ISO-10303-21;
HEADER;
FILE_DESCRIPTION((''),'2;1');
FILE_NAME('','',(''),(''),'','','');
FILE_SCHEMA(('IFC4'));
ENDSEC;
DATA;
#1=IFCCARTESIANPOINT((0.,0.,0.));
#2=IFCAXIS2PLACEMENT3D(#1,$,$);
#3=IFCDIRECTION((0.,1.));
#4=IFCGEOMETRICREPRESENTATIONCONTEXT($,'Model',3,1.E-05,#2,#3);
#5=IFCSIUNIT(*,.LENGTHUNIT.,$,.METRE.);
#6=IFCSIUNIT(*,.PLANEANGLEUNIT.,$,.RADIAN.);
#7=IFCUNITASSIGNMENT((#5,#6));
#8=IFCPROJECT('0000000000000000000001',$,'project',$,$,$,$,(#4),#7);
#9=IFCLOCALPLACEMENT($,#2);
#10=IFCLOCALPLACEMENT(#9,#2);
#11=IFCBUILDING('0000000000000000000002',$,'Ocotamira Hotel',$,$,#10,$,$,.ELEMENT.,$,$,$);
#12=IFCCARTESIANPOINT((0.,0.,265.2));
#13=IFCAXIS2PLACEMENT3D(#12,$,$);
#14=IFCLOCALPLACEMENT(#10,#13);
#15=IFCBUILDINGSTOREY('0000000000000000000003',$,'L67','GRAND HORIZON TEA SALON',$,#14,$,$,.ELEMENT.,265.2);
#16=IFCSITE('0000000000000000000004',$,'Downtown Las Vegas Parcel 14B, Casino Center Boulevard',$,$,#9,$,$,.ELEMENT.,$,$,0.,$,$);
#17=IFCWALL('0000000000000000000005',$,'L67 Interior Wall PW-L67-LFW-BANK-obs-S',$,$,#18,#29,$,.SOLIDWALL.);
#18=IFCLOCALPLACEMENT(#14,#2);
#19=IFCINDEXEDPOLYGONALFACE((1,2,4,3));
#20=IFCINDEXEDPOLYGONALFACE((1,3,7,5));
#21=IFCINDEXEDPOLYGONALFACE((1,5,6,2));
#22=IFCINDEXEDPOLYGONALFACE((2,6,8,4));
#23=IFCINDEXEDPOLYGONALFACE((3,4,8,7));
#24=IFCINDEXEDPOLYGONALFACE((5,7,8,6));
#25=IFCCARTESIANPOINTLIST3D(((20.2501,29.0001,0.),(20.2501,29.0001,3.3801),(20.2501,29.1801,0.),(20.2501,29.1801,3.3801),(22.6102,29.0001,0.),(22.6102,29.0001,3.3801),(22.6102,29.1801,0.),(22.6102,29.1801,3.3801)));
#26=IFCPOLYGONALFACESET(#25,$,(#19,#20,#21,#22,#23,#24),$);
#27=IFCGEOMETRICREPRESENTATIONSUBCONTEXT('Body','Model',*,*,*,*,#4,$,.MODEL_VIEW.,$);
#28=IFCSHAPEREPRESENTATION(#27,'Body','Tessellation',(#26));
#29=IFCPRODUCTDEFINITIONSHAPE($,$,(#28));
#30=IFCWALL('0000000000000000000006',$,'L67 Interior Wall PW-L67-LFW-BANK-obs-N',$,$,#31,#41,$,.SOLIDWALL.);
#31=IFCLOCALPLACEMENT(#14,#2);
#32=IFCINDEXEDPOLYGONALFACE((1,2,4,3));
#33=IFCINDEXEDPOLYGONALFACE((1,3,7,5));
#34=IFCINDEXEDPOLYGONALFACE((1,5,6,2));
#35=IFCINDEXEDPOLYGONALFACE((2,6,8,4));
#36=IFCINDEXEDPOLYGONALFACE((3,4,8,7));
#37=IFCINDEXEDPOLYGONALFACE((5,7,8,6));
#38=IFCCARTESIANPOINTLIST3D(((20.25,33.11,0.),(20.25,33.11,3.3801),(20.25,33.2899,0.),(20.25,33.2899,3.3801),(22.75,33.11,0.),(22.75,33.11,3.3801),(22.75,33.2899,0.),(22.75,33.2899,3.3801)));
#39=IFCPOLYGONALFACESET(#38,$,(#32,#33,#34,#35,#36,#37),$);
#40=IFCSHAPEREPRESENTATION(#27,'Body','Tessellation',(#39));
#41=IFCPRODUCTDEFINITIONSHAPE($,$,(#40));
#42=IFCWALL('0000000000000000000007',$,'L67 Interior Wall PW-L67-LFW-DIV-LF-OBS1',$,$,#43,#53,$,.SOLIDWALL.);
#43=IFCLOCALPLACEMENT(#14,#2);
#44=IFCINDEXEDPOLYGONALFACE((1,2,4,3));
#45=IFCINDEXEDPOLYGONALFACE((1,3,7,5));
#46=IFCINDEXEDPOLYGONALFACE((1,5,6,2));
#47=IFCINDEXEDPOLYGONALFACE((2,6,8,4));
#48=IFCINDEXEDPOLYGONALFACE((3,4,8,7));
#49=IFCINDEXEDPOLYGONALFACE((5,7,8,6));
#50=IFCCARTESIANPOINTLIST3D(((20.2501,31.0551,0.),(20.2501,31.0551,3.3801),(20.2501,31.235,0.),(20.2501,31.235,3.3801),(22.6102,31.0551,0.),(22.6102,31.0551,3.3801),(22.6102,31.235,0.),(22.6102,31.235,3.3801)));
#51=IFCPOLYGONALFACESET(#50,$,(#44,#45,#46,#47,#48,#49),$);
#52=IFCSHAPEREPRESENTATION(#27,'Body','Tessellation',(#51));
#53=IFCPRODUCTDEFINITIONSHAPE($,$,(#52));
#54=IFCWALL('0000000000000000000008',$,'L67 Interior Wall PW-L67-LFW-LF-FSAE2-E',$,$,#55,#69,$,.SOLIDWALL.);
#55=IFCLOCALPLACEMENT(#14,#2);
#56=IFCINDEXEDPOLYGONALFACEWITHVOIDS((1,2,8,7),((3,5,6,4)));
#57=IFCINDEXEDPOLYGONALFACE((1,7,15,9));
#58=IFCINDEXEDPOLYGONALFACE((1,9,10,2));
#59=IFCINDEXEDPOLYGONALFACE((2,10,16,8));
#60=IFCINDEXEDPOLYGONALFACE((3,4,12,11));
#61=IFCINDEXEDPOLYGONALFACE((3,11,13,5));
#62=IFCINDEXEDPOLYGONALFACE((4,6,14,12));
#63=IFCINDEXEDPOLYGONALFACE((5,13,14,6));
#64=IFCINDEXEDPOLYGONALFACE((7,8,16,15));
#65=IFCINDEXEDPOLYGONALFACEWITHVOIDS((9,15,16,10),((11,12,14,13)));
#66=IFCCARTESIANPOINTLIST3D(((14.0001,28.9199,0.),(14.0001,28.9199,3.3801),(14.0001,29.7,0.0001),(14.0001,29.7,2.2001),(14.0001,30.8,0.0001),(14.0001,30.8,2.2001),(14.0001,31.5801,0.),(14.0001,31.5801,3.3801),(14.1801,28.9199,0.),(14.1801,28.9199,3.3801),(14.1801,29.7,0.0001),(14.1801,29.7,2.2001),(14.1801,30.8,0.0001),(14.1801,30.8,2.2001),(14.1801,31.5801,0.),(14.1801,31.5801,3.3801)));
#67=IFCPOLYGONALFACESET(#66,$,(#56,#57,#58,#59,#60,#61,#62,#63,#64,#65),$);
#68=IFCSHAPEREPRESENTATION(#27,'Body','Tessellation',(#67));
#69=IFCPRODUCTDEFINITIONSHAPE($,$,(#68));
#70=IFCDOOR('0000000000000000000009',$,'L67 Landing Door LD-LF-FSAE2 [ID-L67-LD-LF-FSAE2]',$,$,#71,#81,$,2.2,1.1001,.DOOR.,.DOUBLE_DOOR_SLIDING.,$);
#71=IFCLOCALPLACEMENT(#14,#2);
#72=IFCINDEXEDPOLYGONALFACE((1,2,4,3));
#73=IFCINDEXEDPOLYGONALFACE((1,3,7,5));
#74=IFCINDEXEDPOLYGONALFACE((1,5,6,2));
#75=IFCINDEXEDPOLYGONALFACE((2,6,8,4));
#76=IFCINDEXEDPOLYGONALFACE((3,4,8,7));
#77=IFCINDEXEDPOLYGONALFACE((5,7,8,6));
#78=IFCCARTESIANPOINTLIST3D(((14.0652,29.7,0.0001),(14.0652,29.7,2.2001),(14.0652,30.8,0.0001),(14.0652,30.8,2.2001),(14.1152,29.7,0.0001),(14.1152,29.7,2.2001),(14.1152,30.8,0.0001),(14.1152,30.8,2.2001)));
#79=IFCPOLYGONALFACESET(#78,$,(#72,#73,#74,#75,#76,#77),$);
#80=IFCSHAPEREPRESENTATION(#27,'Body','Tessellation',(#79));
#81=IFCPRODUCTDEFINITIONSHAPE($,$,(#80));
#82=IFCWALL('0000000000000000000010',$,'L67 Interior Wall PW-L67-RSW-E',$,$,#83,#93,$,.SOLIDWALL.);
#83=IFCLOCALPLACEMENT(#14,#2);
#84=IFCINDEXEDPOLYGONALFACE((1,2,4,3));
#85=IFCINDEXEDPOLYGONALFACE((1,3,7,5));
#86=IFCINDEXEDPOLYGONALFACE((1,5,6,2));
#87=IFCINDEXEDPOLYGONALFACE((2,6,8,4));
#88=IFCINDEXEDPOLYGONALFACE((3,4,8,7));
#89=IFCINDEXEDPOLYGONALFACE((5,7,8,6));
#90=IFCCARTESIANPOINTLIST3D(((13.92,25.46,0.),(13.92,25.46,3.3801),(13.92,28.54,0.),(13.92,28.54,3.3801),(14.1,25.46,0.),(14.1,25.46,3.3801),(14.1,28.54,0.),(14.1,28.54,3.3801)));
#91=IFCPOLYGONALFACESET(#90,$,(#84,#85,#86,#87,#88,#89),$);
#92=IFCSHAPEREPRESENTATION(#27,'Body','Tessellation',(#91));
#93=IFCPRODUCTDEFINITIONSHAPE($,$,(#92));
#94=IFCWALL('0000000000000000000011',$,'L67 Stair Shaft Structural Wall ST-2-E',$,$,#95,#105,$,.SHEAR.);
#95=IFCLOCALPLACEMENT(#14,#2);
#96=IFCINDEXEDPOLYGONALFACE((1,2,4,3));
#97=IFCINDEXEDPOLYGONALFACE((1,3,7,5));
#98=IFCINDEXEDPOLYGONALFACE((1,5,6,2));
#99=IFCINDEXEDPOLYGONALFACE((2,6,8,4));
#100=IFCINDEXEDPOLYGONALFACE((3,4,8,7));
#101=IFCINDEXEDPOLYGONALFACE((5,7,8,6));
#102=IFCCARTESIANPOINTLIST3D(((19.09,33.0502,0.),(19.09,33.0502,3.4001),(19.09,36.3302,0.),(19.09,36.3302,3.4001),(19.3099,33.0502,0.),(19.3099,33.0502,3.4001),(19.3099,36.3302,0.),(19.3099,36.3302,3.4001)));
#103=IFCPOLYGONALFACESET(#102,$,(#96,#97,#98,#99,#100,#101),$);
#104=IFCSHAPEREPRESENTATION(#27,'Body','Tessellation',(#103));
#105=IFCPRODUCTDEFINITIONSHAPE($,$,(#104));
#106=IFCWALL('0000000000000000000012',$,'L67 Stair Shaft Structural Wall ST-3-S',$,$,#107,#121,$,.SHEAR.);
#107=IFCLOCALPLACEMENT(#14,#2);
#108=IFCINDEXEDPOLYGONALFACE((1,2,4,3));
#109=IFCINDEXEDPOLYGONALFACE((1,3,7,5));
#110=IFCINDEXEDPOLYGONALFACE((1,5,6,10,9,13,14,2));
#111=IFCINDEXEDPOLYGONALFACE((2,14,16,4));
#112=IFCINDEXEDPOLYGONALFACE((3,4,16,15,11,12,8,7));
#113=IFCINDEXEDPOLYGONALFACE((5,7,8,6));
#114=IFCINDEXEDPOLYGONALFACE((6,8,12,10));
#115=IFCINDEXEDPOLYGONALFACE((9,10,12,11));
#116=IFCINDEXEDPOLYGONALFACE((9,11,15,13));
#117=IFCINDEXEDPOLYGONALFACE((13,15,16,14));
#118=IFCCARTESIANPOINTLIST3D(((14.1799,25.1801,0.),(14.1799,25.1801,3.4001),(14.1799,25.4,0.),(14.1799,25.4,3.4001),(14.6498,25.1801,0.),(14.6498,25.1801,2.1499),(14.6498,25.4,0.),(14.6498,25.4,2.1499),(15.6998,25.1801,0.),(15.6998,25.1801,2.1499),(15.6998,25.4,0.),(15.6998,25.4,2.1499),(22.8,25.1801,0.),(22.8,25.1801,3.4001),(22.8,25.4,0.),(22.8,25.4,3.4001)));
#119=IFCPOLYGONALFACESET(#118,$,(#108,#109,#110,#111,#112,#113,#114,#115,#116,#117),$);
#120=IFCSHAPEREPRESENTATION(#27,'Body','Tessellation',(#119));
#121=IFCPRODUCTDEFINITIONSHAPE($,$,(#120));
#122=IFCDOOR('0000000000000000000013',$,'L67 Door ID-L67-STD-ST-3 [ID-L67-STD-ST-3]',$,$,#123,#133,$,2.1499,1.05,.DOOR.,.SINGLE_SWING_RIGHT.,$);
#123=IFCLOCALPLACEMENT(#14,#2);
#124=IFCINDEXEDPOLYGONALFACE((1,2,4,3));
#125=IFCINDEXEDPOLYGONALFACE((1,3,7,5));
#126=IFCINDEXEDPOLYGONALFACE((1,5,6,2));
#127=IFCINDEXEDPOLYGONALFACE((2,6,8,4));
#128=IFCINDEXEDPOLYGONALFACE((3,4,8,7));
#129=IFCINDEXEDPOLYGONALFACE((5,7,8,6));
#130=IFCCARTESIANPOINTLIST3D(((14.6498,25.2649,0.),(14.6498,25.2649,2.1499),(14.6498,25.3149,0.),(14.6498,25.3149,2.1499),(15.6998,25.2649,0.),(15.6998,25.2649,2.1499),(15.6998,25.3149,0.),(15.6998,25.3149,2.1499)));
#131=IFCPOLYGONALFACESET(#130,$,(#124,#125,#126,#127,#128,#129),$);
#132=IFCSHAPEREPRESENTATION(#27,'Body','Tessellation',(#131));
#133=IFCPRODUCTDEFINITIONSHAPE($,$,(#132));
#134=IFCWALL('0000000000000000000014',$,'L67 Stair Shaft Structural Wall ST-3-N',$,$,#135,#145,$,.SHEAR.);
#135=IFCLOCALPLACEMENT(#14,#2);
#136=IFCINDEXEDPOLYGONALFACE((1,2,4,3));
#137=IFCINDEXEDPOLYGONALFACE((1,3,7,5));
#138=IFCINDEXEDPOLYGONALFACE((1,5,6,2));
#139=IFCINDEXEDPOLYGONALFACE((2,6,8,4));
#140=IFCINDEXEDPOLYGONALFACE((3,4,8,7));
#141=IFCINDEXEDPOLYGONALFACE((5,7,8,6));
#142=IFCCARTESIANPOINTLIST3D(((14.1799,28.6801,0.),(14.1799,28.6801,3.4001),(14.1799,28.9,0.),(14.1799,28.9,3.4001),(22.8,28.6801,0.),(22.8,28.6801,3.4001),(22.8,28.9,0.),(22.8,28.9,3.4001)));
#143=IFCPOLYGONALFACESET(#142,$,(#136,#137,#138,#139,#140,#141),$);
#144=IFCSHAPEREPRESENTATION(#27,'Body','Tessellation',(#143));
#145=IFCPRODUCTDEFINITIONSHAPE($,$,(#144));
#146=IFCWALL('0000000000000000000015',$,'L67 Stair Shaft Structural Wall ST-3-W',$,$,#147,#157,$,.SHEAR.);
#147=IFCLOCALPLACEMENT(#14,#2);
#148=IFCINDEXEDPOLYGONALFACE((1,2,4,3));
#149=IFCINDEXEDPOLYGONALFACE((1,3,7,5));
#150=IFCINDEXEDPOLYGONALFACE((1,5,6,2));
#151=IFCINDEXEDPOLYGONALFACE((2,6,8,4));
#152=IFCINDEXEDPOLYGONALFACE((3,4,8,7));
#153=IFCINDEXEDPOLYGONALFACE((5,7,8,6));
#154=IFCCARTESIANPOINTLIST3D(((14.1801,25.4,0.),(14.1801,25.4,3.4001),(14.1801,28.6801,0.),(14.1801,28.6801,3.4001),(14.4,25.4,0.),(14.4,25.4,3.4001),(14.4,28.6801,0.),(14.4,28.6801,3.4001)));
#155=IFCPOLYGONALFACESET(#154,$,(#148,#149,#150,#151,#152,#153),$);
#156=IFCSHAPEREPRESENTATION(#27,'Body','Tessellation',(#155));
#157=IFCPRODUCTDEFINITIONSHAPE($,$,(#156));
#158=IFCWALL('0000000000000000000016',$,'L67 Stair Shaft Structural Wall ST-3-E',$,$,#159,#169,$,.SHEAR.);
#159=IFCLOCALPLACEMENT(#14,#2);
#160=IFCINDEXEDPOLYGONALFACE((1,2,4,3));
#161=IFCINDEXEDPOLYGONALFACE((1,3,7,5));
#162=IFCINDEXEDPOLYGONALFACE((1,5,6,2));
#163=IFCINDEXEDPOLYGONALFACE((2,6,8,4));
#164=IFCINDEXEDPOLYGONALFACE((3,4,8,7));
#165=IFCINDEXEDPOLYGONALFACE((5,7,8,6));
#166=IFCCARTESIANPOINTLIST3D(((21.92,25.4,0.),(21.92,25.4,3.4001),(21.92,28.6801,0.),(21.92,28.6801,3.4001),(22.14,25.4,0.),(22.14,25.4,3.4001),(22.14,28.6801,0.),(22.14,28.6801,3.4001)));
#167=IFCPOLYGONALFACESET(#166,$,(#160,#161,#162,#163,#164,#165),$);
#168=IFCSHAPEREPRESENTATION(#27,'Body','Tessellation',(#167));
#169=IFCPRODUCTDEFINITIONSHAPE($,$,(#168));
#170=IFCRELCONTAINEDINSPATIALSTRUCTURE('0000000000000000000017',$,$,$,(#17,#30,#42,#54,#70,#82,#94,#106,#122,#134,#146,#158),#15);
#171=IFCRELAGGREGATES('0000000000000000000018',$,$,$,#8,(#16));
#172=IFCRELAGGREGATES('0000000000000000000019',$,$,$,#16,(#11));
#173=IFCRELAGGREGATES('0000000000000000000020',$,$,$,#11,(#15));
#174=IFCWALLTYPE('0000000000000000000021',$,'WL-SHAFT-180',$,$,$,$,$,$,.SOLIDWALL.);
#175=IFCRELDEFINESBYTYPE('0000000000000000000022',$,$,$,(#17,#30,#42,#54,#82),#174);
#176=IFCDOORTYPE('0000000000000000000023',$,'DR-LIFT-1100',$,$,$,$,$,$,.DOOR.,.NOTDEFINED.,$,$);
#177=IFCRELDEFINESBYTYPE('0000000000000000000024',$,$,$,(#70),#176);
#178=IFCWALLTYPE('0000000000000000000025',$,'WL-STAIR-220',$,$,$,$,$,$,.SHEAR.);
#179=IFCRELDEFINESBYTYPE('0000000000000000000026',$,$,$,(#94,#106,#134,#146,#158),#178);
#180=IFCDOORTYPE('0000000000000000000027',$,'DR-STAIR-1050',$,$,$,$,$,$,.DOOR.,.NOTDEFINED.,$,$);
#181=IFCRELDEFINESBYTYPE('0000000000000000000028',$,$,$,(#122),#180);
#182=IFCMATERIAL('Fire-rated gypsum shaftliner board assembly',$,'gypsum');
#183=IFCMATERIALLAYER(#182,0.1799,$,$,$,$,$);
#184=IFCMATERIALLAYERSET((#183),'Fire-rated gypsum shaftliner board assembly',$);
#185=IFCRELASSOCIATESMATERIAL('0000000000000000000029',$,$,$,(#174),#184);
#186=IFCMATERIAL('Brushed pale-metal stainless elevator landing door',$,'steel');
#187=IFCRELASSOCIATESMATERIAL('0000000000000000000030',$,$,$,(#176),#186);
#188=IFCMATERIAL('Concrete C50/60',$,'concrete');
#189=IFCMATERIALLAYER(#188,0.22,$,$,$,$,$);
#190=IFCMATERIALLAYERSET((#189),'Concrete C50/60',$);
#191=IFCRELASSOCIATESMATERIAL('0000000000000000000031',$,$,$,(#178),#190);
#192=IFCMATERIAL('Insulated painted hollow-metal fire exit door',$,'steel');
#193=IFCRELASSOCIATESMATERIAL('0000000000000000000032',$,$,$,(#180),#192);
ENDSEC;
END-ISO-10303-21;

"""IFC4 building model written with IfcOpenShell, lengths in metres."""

from ifc_helpers import new_model, si_unit, direction, frame, frame_2d, origin, place, context, subcontext, project, spatial, rectangle, extrude, source, transform, mapped, material, layer, layer_set, type_object, element, fill, save


model = new_model("IFC4")

# Units and contexts
model_context = context("Model", 3, precision=1e-05, world=origin(), true_north=direction((0.0, 1.0)))
body_context = subcontext(model_context, "Body", "Model", "MODEL_VIEW")
ifc_project = project(units=[si_unit("LENGTHUNIT", "METRE"), si_unit("PLANEANGLEUNIT", "RADIAN")], contexts=[model_context])

# Site, building, storey
site_placement = place(None, origin())
site = spatial("IfcSite", under=ifc_project, at=site_placement, Name="Downtown Las Vegas Parcel 14B, Casino Center Boulevard", CompositionType="ELEMENT", RefElevation=0.0)
building_placement = place(site_placement, origin())
building = spatial("IfcBuilding", under=site, at=building_placement, Name="Ocotamira Hotel", CompositionType="ELEMENT")
storey_placement = place(building_placement, frame((0.0, 0.0, 265.2)))
storey = spatial("IfcBuildingStorey", under=building, at=storey_placement, Name="L67", Description="GRAND HORIZON TEA SALON", CompositionType="ELEMENT", Elevation=265.2)

# Walls
ifc_material_1 = material(Name="Fire-rated gypsum shaftliner board assembly", Category="gypsum")
ifc_layer_1 = layer(ifc_material_1, 0.1799)
ifc_layer_set_1 = layer_set([ifc_layer_1], Name="Fire-rated gypsum shaftliner board assembly")
wall_type_1 = type_object("IfcWallType", Name="WL-SHAFT-180", PredefinedType="SOLIDWALL", material=ifc_layer_set_1)
wall_1_placement = place(storey_placement, frame((20.25, 29.0901, 0.0), z_axis=(0.0, 0.0, 1.0), x_axis=(1.0, 0.0, 0.0)))
element("IfcWall", 1, at=wall_1_placement, inside=storey, type_object=wall_type_1, Name="L67 Interior Wall PW-L67-LFW-BANK-obs-S", PredefinedType="SOLIDWALL", context=body_context, shape_type="SweptSolid", body=[
    extrude(rectangle(XDim=2.3601, YDim=0.1799, at=frame_2d((1.1802, 0.0))), origin(), (0.0, 0.0, 1.0), 3.3801),
])
wall_2_placement = place(storey_placement, frame((20.25, 33.2, 0.0), z_axis=(0.0, 0.0, 1.0), x_axis=(1.0, 0.0, 0.0)))
element("IfcWall", 2, at=wall_2_placement, inside=storey, type_object=wall_type_1, Name="L67 Interior Wall PW-L67-LFW-BANK-obs-N", PredefinedType="SOLIDWALL", context=body_context, shape_type="SweptSolid", body=[
    extrude(rectangle(XDim=2.5, YDim=0.1799, at=frame_2d((1.25, 0.0))), origin(), (0.0, 0.0, 1.0), 3.3801),
])
wall_3_placement = place(storey_placement, frame((20.25, 31.145, 0.0), z_axis=(0.0, 0.0, 1.0), x_axis=(1.0, 0.0, 0.0)))
element("IfcWall", 3, at=wall_3_placement, inside=storey, type_object=wall_type_1, Name="L67 Interior Wall PW-L67-LFW-DIV-LF-OBS1", PredefinedType="SOLIDWALL", context=body_context, shape_type="SweptSolid", body=[
    extrude(rectangle(XDim=2.3601, YDim=0.1799, at=frame_2d((1.1802, 0.0))), origin(), (0.0, 0.0, 1.0), 3.3801),
])

# Wall, opening, door
wall_4_placement = place(storey_placement, frame((14.0901, 28.9199, 0.0), z_axis=(0.0, 0.0, 1.0), x_axis=(0.0, 1.0, 0.0)))
wall_4 = element("IfcWall", 4, at=wall_4_placement, inside=storey, type_object=wall_type_1, Name="L67 Interior Wall PW-L67-LFW-LF-FSAE2-E", PredefinedType="SOLIDWALL", context=body_context, shape_type="SweptSolid", body=[
    extrude(rectangle(XDim=2.6602, YDim=0.1799, at=frame_2d((1.3301, 0.0))), origin(), (0.0, 0.0, 1.0), 3.3801),
])
opening_1_placement = place(wall_4_placement, frame((0.78, 0.0, 0.0)))
opening_1 = element("IfcOpeningElement", 5, at=opening_1_placement, cuts=wall_4, PredefinedType="OPENING", context=body_context, shape_type="SweptSolid", body=[
    extrude(rectangle(XDim=1.1001, YDim=2.2, at=frame_2d((0.55, 1.1001))), frame((0.0, 0.1001, 0.0), z_axis=(0.0, -1.0, 0.0), x_axis=(1.0, 0.0, 0.0)), (0.0, 0.0, 1.0), 0.2),
])
ifc_material_2 = material(Name="Brushed pale-metal stainless elevator landing door", Category="steel")
door_type_1 = type_object("IfcDoorType", Name="DR-LIFT-1100", OperationType="NOTDEFINED", PredefinedType="DOOR", material=ifc_material_2)
shared_shape_1 = source(origin(), body_context, "Body", "SweptSolid", [
    extrude(rectangle(XDim=1.1001, YDim=2.2, at=frame_2d((0.55, 1.1001))), frame((0.0, 0.0249, 0.0), z_axis=(0.0, -1.0, 0.0), x_axis=(1.0, 0.0, 0.0)), (0.0, 0.0, 1.0), 0.05),
])
door_1_placement = place(opening_1_placement, origin())
door_1 = element("IfcDoor", 6, at=door_1_placement, inside=storey, type_object=door_type_1, Name="L67 Landing Door LD-LF-FSAE2 [ID-L67-LD-LF-FSAE2]", OperationType="DOUBLE_DOOR_SLIDING", OverallHeight=2.2, OverallWidth=1.1001, PredefinedType="DOOR", context=body_context, shape_type="MappedRepresentation", body=[
    mapped(shared_shape_1, transform((0.0, 0.0, 0.0), scale=1.0)),
])
fill(opening_1, door_1)

# Walls
wall_5_placement = place(storey_placement, frame((14.01, 25.46, 0.0), z_axis=(0.0, 0.0, 1.0), x_axis=(0.0, 1.0, 0.0)))
element("IfcWall", 7, at=wall_5_placement, inside=storey, type_object=wall_type_1, Name="L67 Interior Wall PW-L67-RSW-E", PredefinedType="SOLIDWALL", context=body_context, shape_type="SweptSolid", body=[
    extrude(rectangle(XDim=3.0801, YDim=0.1799, at=frame_2d((1.54, 0.0))), origin(), (0.0, 0.0, 1.0), 3.3801),
])
ifc_material_3 = material(Name="Concrete C50/60", Category="concrete")
ifc_layer_2 = layer(ifc_material_3, 0.22)
ifc_layer_set_2 = layer_set([ifc_layer_2], Name="Concrete C50/60")
wall_type_2 = type_object("IfcWallType", Name="WL-STAIR-220", PredefinedType="SHEAR", material=ifc_layer_set_2)
wall_6_placement = place(storey_placement, frame((19.2, 33.05, 0.0), z_axis=(0.0, 0.0, 1.0), x_axis=(0.0, 1.0, 0.0)))
element("IfcWall", 8, at=wall_6_placement, inside=storey, type_object=wall_type_2, Name="L67 Stair Shaft Structural Wall ST-2-E", PredefinedType="SHEAR", context=body_context, shape_type="SweptSolid", body=[
    extrude(rectangle(XDim=3.28, YDim=0.22, at=frame_2d((1.6401, 0.0))), origin(), (0.0, 0.0, 1.0), 3.4001),
])

# Wall, opening, door
wall_7_placement = place(storey_placement, frame((14.1799, 25.29, 0.0), z_axis=(0.0, 0.0, 1.0), x_axis=(1.0, 0.0, 0.0)))
wall_7 = element("IfcWall", 9, at=wall_7_placement, inside=storey, type_object=wall_type_2, Name="L67 Stair Shaft Structural Wall ST-3-S", PredefinedType="SHEAR", context=body_context, shape_type="SweptSolid", body=[
    extrude(rectangle(XDim=8.6201, YDim=0.22, at=frame_2d((4.3101, 0.0))), origin(), (0.0, 0.0, 1.0), 3.4001),
])
opening_2_placement = place(wall_7_placement, frame((0.47, 0.0, 0.0)))
opening_2 = element("IfcOpeningElement", 10, at=opening_2_placement, cuts=wall_7, PredefinedType="OPENING", context=body_context, shape_type="SweptSolid", body=[
    extrude(rectangle(XDim=1.05, YDim=2.1499, at=frame_2d((0.5249, 1.075))), frame((0.0, 0.1201, 0.0), z_axis=(0.0, -1.0, 0.0), x_axis=(1.0, 0.0, 0.0)), (0.0, 0.0, 1.0), 0.24),
])
ifc_material_4 = material(Name="Insulated painted hollow-metal fire exit door", Category="steel")
door_type_2 = type_object("IfcDoorType", Name="DR-STAIR-1050", OperationType="NOTDEFINED", PredefinedType="DOOR", material=ifc_material_4)
shared_shape_2 = source(origin(), body_context, "Body", "SweptSolid", [
    extrude(rectangle(XDim=1.05, YDim=2.1499, at=frame_2d((0.5249, 1.075))), frame((0.0, 0.0249, 0.0), z_axis=(0.0, -1.0, 0.0), x_axis=(1.0, 0.0, 0.0)), (0.0, 0.0, 1.0), 0.05),
])
door_2_placement = place(opening_2_placement, origin())
door_2 = element("IfcDoor", 11, at=door_2_placement, inside=storey, type_object=door_type_2, Name="L67 Door ID-L67-STD-ST-3 [ID-L67-STD-ST-3]", OperationType="SINGLE_SWING_RIGHT", OverallHeight=2.1499, OverallWidth=1.05, PredefinedType="DOOR", context=body_context, shape_type="MappedRepresentation", body=[
    mapped(shared_shape_2, transform((0.0, 0.0, 0.0), scale=1.0)),
])
fill(opening_2, door_2)

# Walls
wall_8_placement = place(storey_placement, frame((14.1799, 28.79, 0.0), z_axis=(0.0, 0.0, 1.0), x_axis=(1.0, 0.0, 0.0)))
element("IfcWall", 12, at=wall_8_placement, inside=storey, type_object=wall_type_2, Name="L67 Stair Shaft Structural Wall ST-3-N", PredefinedType="SHEAR", context=body_context, shape_type="SweptSolid", body=[
    extrude(rectangle(XDim=8.6201, YDim=0.22, at=frame_2d((4.3101, 0.0))), origin(), (0.0, 0.0, 1.0), 3.4001),
])
for number, where, z_axis, x_axis, name in (
    (13, (14.29, 25.3999, 0.0), (0.0, 0.0, 1.0), (0.0, 1.0, 0.0), "L67 Stair Shaft Structural Wall ST-3-W"),
    (14, (22.03, 25.3999, 0.0), (0.0, 0.0, 1.0), (0.0, 1.0, 0.0), "L67 Stair Shaft Structural Wall ST-3-E"),
):
    element("IfcWall", number, at=place(storey_placement, frame(where, z_axis=z_axis, x_axis=x_axis)), inside=storey, type_object=wall_type_2, Name=name, PredefinedType="SHEAR", context=body_context, shape_type="SweptSolid", body=[
        extrude(rectangle(XDim=3.28, YDim=0.22, at=frame_2d((1.6401, 0.0))), origin(), (0.0, 0.0, 1.0), 3.4001),
    ])

save(model, "model.ifc")
